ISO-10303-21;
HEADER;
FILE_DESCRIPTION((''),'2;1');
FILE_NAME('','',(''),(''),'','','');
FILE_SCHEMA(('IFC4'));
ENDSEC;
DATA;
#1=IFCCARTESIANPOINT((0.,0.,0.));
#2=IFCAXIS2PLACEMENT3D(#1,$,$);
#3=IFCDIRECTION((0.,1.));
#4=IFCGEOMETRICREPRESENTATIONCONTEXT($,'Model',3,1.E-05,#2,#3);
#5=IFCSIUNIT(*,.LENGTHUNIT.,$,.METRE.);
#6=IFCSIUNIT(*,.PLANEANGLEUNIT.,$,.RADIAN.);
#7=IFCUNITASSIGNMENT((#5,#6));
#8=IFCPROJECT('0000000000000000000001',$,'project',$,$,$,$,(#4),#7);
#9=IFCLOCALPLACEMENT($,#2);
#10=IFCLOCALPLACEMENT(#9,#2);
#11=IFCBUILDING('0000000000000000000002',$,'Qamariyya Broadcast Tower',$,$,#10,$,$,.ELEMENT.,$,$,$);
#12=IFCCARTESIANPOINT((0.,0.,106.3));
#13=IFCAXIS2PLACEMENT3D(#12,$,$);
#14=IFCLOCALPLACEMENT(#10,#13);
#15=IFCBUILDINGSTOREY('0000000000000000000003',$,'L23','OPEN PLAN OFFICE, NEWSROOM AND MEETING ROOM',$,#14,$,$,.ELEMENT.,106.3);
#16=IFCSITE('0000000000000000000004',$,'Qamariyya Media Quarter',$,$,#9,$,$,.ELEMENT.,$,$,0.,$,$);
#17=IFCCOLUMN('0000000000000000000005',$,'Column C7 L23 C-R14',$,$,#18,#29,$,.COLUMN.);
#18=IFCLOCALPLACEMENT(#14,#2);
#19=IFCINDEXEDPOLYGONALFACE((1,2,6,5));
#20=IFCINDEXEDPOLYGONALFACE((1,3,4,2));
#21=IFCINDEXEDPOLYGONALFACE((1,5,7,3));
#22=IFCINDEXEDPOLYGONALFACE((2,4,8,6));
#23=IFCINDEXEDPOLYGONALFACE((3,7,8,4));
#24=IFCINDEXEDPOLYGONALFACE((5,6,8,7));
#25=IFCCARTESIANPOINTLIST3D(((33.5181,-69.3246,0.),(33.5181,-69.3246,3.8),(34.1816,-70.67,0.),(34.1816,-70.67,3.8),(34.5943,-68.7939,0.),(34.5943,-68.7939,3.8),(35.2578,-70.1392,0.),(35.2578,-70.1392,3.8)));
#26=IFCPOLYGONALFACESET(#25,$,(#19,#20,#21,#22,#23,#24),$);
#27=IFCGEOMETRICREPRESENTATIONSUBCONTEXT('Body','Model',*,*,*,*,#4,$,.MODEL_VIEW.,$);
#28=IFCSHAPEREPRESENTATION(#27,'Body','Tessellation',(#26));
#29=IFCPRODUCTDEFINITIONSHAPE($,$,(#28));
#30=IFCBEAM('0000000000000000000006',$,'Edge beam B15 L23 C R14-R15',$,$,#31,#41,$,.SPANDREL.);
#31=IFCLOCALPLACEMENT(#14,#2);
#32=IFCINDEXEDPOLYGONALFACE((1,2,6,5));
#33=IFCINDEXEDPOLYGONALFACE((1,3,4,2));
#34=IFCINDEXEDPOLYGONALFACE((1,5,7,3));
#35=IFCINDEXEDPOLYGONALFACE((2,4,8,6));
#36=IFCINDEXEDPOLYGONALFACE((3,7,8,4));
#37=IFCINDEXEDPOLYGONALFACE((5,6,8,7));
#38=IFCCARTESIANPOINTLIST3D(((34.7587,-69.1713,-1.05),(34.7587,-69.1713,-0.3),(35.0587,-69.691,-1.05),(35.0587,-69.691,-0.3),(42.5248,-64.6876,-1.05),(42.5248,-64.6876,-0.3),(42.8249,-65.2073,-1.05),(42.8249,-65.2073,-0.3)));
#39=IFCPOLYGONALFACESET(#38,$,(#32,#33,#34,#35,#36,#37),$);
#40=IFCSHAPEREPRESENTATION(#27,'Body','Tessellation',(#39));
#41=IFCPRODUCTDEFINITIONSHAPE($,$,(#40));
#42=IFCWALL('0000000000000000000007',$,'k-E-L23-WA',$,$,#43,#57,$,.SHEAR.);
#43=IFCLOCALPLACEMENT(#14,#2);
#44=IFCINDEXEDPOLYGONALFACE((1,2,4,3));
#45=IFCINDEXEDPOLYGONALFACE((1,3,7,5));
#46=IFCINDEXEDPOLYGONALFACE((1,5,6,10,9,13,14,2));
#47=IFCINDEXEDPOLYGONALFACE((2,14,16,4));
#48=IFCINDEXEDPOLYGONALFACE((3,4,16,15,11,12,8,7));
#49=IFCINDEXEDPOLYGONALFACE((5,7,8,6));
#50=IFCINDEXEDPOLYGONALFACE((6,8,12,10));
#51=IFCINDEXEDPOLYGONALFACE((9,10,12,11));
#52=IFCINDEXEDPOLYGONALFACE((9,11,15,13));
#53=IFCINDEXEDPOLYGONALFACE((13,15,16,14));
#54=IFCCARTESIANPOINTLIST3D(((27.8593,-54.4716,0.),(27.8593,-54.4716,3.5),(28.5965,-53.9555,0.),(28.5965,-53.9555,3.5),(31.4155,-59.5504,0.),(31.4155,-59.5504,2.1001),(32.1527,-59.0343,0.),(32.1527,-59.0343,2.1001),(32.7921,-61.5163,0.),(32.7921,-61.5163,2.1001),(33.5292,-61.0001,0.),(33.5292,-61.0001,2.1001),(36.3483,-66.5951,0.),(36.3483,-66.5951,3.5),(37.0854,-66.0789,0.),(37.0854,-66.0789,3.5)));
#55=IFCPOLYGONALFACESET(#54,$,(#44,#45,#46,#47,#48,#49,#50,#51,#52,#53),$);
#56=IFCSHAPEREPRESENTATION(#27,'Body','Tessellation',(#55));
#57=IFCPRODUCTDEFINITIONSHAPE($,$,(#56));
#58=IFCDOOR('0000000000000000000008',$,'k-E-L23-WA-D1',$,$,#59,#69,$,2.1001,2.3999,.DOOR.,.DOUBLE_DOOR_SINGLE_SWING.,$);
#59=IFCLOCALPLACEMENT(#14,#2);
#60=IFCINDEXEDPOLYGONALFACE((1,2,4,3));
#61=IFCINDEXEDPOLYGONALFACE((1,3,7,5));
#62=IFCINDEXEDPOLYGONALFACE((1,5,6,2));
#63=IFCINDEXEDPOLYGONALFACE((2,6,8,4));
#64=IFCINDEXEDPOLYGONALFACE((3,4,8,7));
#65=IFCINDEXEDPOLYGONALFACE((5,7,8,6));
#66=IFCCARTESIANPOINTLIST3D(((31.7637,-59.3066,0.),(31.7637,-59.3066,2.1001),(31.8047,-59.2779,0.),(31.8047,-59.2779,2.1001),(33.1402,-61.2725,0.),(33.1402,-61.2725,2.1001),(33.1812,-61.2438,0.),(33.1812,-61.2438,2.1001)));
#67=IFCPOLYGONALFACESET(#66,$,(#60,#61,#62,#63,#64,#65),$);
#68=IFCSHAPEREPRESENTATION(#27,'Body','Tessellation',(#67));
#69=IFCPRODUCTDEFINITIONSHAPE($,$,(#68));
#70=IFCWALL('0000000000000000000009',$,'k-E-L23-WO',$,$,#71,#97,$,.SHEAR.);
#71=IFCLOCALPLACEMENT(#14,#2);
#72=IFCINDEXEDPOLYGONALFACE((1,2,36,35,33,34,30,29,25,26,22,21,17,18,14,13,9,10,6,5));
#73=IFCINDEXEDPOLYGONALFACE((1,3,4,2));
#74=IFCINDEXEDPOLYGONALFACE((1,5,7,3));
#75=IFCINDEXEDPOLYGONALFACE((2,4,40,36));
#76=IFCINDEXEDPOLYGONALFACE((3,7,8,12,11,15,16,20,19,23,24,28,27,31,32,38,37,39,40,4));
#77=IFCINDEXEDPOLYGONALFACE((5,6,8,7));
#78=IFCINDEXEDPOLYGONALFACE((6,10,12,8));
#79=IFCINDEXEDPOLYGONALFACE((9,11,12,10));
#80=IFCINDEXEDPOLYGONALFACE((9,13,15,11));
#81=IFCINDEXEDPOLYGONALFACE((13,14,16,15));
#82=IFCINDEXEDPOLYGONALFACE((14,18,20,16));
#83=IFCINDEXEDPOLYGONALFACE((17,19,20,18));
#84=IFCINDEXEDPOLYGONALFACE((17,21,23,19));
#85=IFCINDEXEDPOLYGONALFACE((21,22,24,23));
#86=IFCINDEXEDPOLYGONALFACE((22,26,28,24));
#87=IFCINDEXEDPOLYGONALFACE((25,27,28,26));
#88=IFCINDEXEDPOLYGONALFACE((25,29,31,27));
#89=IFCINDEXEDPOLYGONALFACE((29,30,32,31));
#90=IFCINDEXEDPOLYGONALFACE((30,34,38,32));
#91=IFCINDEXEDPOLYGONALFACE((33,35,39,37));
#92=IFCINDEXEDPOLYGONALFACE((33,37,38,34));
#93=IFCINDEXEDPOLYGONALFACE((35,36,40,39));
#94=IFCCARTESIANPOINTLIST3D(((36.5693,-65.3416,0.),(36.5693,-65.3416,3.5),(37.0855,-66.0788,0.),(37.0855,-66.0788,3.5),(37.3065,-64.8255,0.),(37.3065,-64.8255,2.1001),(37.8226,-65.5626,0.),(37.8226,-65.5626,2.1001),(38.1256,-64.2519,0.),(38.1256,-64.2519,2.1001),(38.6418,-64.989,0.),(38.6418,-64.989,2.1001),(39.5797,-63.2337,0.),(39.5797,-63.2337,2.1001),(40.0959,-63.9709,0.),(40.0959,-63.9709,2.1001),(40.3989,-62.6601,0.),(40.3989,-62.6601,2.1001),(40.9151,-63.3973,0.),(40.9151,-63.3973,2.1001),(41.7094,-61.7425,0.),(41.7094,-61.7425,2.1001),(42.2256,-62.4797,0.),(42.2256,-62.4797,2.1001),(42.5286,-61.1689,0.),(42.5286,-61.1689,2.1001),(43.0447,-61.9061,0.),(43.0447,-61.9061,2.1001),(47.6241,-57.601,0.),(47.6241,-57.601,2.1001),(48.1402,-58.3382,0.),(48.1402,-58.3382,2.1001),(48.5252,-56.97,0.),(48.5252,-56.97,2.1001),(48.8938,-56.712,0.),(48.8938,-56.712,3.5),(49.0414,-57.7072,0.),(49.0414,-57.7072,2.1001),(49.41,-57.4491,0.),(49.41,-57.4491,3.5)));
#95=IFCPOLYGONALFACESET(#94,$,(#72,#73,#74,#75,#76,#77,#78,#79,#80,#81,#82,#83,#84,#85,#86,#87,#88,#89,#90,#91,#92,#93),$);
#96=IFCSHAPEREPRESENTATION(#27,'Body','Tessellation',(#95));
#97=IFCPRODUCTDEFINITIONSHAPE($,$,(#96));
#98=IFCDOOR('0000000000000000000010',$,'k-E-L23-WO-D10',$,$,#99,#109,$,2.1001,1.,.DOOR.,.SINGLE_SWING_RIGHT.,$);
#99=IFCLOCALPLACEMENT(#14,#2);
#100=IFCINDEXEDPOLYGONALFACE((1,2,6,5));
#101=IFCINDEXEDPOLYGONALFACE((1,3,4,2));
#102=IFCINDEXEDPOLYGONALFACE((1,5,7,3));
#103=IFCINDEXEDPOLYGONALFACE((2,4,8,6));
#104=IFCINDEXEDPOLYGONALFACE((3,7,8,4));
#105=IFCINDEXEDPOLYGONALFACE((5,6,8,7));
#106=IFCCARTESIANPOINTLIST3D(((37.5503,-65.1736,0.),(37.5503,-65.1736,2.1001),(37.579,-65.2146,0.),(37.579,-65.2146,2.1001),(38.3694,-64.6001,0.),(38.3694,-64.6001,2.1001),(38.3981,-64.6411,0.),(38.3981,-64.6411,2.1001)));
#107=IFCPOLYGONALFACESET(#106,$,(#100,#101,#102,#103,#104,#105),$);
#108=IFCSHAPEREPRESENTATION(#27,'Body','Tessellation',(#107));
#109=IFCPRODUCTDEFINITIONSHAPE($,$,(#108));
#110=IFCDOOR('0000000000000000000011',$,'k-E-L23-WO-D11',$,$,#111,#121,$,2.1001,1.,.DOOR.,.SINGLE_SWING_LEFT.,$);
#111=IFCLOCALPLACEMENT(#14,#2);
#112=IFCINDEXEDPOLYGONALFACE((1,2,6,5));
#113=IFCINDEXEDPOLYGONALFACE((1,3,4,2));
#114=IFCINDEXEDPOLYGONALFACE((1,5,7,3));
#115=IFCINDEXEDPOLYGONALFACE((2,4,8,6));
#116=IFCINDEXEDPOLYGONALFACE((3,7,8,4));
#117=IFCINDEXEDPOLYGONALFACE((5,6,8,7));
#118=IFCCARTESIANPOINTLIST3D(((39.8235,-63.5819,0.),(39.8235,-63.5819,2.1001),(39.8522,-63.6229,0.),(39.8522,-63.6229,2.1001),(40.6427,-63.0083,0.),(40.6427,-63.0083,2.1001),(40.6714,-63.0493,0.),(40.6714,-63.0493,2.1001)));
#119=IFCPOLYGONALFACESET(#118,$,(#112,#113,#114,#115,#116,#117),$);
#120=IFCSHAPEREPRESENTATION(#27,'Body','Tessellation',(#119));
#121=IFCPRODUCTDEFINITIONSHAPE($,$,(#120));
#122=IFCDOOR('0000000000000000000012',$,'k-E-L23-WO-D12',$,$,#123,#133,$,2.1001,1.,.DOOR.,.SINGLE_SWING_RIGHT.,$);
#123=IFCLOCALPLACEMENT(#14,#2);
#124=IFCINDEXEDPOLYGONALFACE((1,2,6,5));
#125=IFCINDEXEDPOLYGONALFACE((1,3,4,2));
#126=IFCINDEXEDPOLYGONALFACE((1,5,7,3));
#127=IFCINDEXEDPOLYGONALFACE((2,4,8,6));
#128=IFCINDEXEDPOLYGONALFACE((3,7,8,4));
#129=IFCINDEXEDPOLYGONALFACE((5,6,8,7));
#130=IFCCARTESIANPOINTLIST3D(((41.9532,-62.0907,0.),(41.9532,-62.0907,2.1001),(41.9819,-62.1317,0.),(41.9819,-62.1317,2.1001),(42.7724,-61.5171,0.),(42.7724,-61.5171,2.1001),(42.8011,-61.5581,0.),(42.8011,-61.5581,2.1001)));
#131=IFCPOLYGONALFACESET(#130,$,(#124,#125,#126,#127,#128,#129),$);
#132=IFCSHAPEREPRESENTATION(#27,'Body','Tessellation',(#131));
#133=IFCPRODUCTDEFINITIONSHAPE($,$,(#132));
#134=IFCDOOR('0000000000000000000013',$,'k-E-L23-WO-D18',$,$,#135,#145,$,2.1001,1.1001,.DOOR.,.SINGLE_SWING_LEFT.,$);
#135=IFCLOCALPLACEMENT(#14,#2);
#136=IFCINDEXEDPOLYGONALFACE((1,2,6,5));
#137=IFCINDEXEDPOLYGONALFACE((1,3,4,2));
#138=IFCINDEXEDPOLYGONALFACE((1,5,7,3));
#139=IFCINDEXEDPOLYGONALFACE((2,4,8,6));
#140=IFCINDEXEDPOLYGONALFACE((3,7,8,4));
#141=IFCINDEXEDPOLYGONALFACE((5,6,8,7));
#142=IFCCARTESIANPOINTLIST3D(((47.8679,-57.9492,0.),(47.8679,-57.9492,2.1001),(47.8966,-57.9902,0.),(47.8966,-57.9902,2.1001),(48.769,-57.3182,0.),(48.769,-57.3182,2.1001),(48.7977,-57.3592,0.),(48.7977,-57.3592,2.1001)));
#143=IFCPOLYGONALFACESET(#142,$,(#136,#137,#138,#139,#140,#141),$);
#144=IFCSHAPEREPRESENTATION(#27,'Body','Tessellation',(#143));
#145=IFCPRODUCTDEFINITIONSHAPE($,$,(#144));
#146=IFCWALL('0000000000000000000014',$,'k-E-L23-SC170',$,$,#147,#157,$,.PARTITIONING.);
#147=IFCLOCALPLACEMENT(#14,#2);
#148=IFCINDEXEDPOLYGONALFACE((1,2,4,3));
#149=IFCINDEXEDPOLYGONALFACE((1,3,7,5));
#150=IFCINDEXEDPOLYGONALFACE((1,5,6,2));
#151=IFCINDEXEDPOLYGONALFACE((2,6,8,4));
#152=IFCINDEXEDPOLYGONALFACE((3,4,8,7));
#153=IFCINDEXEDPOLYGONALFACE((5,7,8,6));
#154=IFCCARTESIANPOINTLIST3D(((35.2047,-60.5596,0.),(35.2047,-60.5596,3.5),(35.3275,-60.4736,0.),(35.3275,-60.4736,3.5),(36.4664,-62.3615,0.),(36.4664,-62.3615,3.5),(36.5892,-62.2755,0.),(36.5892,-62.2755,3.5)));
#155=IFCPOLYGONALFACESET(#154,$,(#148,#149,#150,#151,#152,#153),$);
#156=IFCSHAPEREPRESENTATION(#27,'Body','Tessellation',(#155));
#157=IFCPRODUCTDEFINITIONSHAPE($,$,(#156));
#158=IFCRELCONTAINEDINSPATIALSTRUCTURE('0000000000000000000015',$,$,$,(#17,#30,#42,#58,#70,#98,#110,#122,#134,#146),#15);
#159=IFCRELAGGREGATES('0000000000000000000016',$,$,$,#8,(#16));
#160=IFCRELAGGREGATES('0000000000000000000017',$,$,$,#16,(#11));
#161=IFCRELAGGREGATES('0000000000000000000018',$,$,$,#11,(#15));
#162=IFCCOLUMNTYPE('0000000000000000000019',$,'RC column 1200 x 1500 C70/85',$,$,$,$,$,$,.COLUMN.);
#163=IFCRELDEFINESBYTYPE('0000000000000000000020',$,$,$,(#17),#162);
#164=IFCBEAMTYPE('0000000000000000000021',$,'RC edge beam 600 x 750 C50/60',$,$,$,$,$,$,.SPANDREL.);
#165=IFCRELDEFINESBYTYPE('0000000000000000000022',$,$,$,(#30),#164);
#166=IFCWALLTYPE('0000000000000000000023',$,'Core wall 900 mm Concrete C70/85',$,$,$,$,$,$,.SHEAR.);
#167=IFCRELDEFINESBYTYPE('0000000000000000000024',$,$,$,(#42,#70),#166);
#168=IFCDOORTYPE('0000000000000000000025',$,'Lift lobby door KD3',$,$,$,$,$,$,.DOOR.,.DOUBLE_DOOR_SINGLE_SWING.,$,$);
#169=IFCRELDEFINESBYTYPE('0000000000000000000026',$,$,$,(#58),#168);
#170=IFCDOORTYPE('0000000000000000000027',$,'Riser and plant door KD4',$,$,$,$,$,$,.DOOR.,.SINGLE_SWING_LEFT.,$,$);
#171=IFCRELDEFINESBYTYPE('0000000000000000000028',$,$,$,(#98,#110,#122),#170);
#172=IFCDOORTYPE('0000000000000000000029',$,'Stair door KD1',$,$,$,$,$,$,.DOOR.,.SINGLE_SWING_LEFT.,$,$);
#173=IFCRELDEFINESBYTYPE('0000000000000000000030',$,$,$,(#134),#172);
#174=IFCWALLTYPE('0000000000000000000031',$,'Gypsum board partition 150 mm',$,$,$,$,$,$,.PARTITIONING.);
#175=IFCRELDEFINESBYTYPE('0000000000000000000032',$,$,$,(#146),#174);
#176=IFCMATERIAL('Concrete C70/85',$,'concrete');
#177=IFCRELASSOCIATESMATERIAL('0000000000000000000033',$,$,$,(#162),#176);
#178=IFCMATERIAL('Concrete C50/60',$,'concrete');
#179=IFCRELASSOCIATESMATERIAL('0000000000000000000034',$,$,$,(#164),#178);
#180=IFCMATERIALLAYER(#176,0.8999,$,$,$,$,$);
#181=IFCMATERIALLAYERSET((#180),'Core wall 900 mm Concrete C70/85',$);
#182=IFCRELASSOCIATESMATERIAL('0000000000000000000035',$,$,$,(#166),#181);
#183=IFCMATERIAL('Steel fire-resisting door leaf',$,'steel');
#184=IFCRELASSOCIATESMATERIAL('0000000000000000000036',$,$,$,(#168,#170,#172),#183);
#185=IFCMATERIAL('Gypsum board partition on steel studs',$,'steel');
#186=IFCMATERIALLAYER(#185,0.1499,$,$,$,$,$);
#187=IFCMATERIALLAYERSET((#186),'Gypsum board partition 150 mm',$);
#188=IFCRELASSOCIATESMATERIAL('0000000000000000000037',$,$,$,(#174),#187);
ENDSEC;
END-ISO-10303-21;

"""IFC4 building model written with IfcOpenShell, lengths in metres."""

from ifc_helpers import new_model, si_unit, direction, frame, frame_2d, origin, origin_2d, place, context, subcontext, project, spatial, rectangle, extrude, material, layer, layer_set, material_profile, profile_set, type_object, element, fill, save


model = new_model("IFC4")

# Units and contexts
model_context = context("Model", 3, precision=1e-05, world=origin(), true_north=direction((0.0, 1.0)))
body_context = subcontext(model_context, "Body", "Model", "MODEL_VIEW")
ifc_project = project(units=[si_unit("LENGTHUNIT", "METRE"), si_unit("PLANEANGLEUNIT", "RADIAN")], contexts=[model_context])

# Site, building, storey
site_placement = place(None, origin())
site = spatial("IfcSite", under=ifc_project, at=site_placement, Name="Qamariyya Media Quarter", CompositionType="ELEMENT", RefElevation=0.0)
building_placement = place(site_placement, origin())
building = spatial("IfcBuilding", under=site, at=building_placement, Name="Qamariyya Broadcast Tower", CompositionType="ELEMENT")
storey_placement = place(building_placement, frame((0.0, 0.0, 106.3)))
storey = spatial("IfcBuildingStorey", under=building, at=storey_placement, Name="L23", Description="OPEN PLAN OFFICE, NEWSROOM AND MEETING ROOM", CompositionType="ELEMENT", Elevation=106.3)

# Column
ifc_material_1 = material(Name="Concrete C70/85", Category="concrete")
ifc_material_profile_1 = material_profile(ifc_material_1, rectangle(XDim=1.2, YDim=1.5, at=origin_2d()))
ifc_profile_set_1 = profile_set([ifc_material_profile_1], Name="Concrete C70/85")
column_type = type_object("IfcColumnType", Name="RC column 1200 x 1500 C70/85", PredefinedType="COLUMN", material=ifc_profile_set_1)
column_placement = place(storey_placement, frame((34.3879, -69.7319, 0.0), z_axis=(0.0, 0.0, 1.0), x_axis=(0.896873, 0.442289, 0.0)))
element("IfcColumn", 1, at=column_placement, inside=storey, type_object=column_type, Name="Column C7 L23 C-R14", PredefinedType="COLUMN", context=body_context, shape_type="SweptSolid", body=[
    extrude(rectangle(XDim=1.2, YDim=1.5, at=origin_2d()), origin(), (0.0, 0.0, 1.0), 3.8),
])

# Beam
ifc_material_2 = material(Name="Concrete C50/60", Category="concrete")
ifc_material_profile_2 = material_profile(ifc_material_2, rectangle(XDim=0.6001, YDim=0.75, at=origin_2d()))
ifc_profile_set_2 = profile_set([ifc_material_profile_2], Name="Concrete C50/60")
beam_type = type_object("IfcBeamType", Name="RC edge beam 600 x 750 C50/60", PredefinedType="SPANDREL", material=ifc_profile_set_2)
beam_placement = place(storey_placement, frame((34.9087, -69.4312, -0.675), z_axis=(0.866031, 0.49999, 0.0), x_axis=(-0.49999, 0.866031, 0.0)))
element("IfcBeam", 2, at=beam_placement, inside=storey, type_object=beam_type, Name="Edge beam B15 L23 C R14-R15", PredefinedType="SPANDREL", context=body_context, shape_type="SweptSolid", body=[
    extrude(rectangle(XDim=0.6001, YDim=0.75, at=origin_2d()), origin(), (0.0, 0.0, 1.0), 8.9675),
])

# Wall, opening, door
ifc_layer_1 = layer(ifc_material_1, 0.8999)
ifc_layer_set_1 = layer_set([ifc_layer_1], Name="Core wall 900 mm Concrete C70/85")
wall_type_1 = type_object("IfcWallType", Name="Core wall 900 mm Concrete C70/85", PredefinedType="SHEAR", material=ifc_layer_set_1)
wall_1_placement = place(storey_placement, frame((36.7168, -66.3369, 0.0), z_axis=(0.0, 0.0, 1.0), x_axis=(-0.573577, 0.819151, 0.0)))
wall_1 = element("IfcWall", 3, at=wall_1_placement, inside=storey, type_object=wall_type_1, Name="k-E-L23-WA", PredefinedType="SHEAR", context=body_context, shape_type="SweptSolid", body=[
    extrude(rectangle(XDim=14.8, YDim=0.8999, at=frame_2d((7.3999, 0.0))), origin(), (0.0, 0.0, 1.0), 3.5),
])
opening_1_placement = place(wall_1_placement, frame((6.2, 0.0, 0.0)))
opening_1 = element("IfcOpeningElement", 4, at=opening_1_placement, cuts=wall_1, PredefinedType="OPENING", context=body_context, shape_type="SweptSolid", body=[
    extrude(rectangle(XDim=2.3999, YDim=2.1001, at=frame_2d((1.2, 1.05))), frame((0.0, 0.46, 0.0), z_axis=(0.0, -1.0, 0.0), x_axis=(1.0, 0.0, 0.0)), (0.0, 0.0, 1.0), 0.9199),
])
ifc_material_3 = material(Name="Steel fire-resisting door leaf", Category="steel")
door_type_1 = type_object("IfcDoorType", Name="Lift lobby door KD3", OperationType="DOUBLE_DOOR_SINGLE_SWING", PredefinedType="DOOR", material=ifc_material_3)
door_1_placement = place(opening_1_placement, origin())
door_1 = element("IfcDoor", 5, at=door_1_placement, inside=storey, type_object=door_type_1, Name="k-E-L23-WA-D1", OperationType="DOUBLE_DOOR_SINGLE_SWING", OverallHeight=2.1001, OverallWidth=2.3999, PredefinedType="DOOR", context=body_context, shape_type="SweptSolid", body=[
    extrude(rectangle(XDim=2.3999, YDim=2.1001, at=frame_2d((1.2, 1.05))), frame((0.0, 0.0249, 0.0), z_axis=(0.0, -1.0, 0.0), x_axis=(1.0, 0.0, 0.0)), (0.0, 0.0, 1.0), 0.05),
])
fill(opening_1, door_1)

# Wall, openings, doors
wall_2_placement = place(storey_placement, frame((36.8274, -65.7102, 0.0), z_axis=(0.0, 0.0, 1.0), x_axis=(0.819153, 0.573575, 0.0)))
wall_2 = element("IfcWall", 6, at=wall_2_placement, inside=storey, type_object=wall_type_1, Name="k-E-L23-WO", PredefinedType="SHEAR", context=body_context, shape_type="SweptSolid", body=[
    extrude(rectangle(XDim=15.0454, YDim=0.8999, at=frame_2d((7.5227, 0.0))), origin(), (0.0, 0.0, 1.0), 3.5),
])
opening_2_placement = place(wall_2_placement, frame((0.8999, 0.0, 0.0)))
opening_2 = element("IfcOpeningElement", 7, at=opening_2_placement, cuts=wall_2, PredefinedType="OPENING", context=body_context, shape_type="SweptSolid", body=[
    extrude(rectangle(XDim=1.0, YDim=2.1001, at=frame_2d((0.5, 1.05))), frame((0.0, 0.46, 0.0), z_axis=(0.0, -1.0, 0.0), x_axis=(1.0, 0.0, 0.0)), (0.0, 0.0, 1.0), 0.9199),
])
opening_3_placement = place(wall_2_placement, frame((3.675, 0.0, 0.0)))
opening_3 = element("IfcOpeningElement", 8, at=opening_3_placement, cuts=wall_2, PredefinedType="OPENING", context=body_context, shape_type="SweptSolid", body=[
    extrude(rectangle(XDim=1.0, YDim=2.1001, at=frame_2d((0.5, 1.05))), frame((0.0, 0.46, 0.0), z_axis=(0.0, -1.0, 0.0), x_axis=(1.0, 0.0, 0.0)), (0.0, 0.0, 1.0), 0.9199),
])
opening_4_placement = place(wall_2_placement, frame((6.2749, 0.0, 0.0)))
opening_4 = element("IfcOpeningElement", 9, at=opening_4_placement, cuts=wall_2, PredefinedType="OPENING", context=body_context, shape_type="SweptSolid", body=[
    extrude(rectangle(XDim=1.0, YDim=2.1001, at=frame_2d((0.5, 1.05))), frame((0.0, 0.46, 0.0), z_axis=(0.0, -1.0, 0.0), x_axis=(1.0, 0.0, 0.0)), (0.0, 0.0, 1.0), 0.9199),
])
opening_5_placement = place(wall_2_placement, frame((13.4954, 0.0, 0.0)))
opening_5 = element("IfcOpeningElement", 10, at=opening_5_placement, cuts=wall_2, PredefinedType="OPENING", context=body_context, shape_type="SweptSolid", body=[
    extrude(rectangle(XDim=1.1001, YDim=2.1001, at=frame_2d((0.55, 1.05))), frame((0.0, 0.46, 0.0), z_axis=(0.0, -1.0, 0.0), x_axis=(1.0, 0.0, 0.0)), (0.0, 0.0, 1.0), 0.9199),
])
door_type_2 = type_object("IfcDoorType", Name="Riser and plant door KD4", OperationType="SINGLE_SWING_LEFT", PredefinedType="DOOR", material=ifc_material_3)
door_2_placement = place(opening_2_placement, origin())
door_2 = element("IfcDoor", 11, at=door_2_placement, inside=storey, type_object=door_type_2, Name="k-E-L23-WO-D10", OperationType="SINGLE_SWING_RIGHT", OverallHeight=2.1001, OverallWidth=1.0, PredefinedType="DOOR", context=body_context, shape_type="SweptSolid", body=[
    extrude(rectangle(XDim=1.0, YDim=2.1001, at=frame_2d((0.5, 1.05))), frame((0.0, 0.0249, 0.0), z_axis=(0.0, -1.0, 0.0), x_axis=(1.0, 0.0, 0.0)), (0.0, 0.0, 1.0), 0.05),
])
fill(opening_2, door_2)
door_3_placement = place(opening_3_placement, origin())
door_3 = element("IfcDoor", 12, at=door_3_placement, inside=storey, type_object=door_type_2, Name="k-E-L23-WO-D11", OperationType="SINGLE_SWING_LEFT", OverallHeight=2.1001, OverallWidth=1.0, PredefinedType="DOOR", context=body_context, shape_type="SweptSolid", body=[
    extrude(rectangle(XDim=1.0, YDim=2.1001, at=frame_2d((0.5, 1.05))), frame((0.0, 0.0249, 0.0), z_axis=(0.0, -1.0, 0.0), x_axis=(1.0, 0.0, 0.0)), (0.0, 0.0, 1.0), 0.05),
])
fill(opening_3, door_3)
door_4_placement = place(opening_4_placement, origin())
door_4 = element("IfcDoor", 13, at=door_4_placement, inside=storey, type_object=door_type_2, Name="k-E-L23-WO-D12", OperationType="SINGLE_SWING_RIGHT", OverallHeight=2.1001, OverallWidth=1.0, PredefinedType="DOOR", context=body_context, shape_type="SweptSolid", body=[
    extrude(rectangle(XDim=1.0, YDim=2.1001, at=frame_2d((0.5, 1.05))), frame((0.0, 0.0249, 0.0), z_axis=(0.0, -1.0, 0.0), x_axis=(1.0, 0.0, 0.0)), (0.0, 0.0, 1.0), 0.05),
])
fill(opening_4, door_4)
door_type_3 = type_object("IfcDoorType", Name="Stair door KD1", OperationType="SINGLE_SWING_LEFT", PredefinedType="DOOR", material=ifc_material_3)
door_5_placement = place(opening_5_placement, origin())
door_5 = element("IfcDoor", 14, at=door_5_placement, inside=storey, type_object=door_type_3, Name="k-E-L23-WO-D18", OperationType="SINGLE_SWING_LEFT", OverallHeight=2.1001, OverallWidth=1.1001, PredefinedType="DOOR", context=body_context, shape_type="SweptSolid", body=[
    extrude(rectangle(XDim=1.1001, YDim=2.1001, at=frame_2d((0.55, 1.05))), frame((0.0, 0.0249, 0.0), z_axis=(0.0, -1.0, 0.0), x_axis=(1.0, 0.0, 0.0)), (0.0, 0.0, 1.0), 0.05),
])
fill(opening_5, door_5)

# Wall
ifc_material_4 = material(Name="Gypsum board partition on steel studs", Category="steel")
ifc_layer_2 = layer(ifc_material_4, 0.1499)
ifc_layer_set_2 = layer_set([ifc_layer_2], Name="Gypsum board partition 150 mm")
wall_type_2 = type_object("IfcWallType", Name="Gypsum board partition 150 mm", PredefinedType="PARTITIONING", material=ifc_layer_set_2)
wall_3_placement = place(storey_placement, frame((35.2661, -60.5166, 0.0), z_axis=(0.0, 0.0, 1.0), x_axis=(0.573559, -0.819164, 0.0)))
element("IfcWall", 15, at=wall_3_placement, inside=storey, type_object=wall_type_2, Name="k-E-L23-SC170", PredefinedType="PARTITIONING", context=body_context, shape_type="SweptSolid", body=[
    extrude(rectangle(XDim=2.1997, YDim=0.1499, at=frame_2d((1.0999, 0.0))), origin(), (0.0, 0.0, 1.0), 3.5),
])

save(model, "model.ifc")
